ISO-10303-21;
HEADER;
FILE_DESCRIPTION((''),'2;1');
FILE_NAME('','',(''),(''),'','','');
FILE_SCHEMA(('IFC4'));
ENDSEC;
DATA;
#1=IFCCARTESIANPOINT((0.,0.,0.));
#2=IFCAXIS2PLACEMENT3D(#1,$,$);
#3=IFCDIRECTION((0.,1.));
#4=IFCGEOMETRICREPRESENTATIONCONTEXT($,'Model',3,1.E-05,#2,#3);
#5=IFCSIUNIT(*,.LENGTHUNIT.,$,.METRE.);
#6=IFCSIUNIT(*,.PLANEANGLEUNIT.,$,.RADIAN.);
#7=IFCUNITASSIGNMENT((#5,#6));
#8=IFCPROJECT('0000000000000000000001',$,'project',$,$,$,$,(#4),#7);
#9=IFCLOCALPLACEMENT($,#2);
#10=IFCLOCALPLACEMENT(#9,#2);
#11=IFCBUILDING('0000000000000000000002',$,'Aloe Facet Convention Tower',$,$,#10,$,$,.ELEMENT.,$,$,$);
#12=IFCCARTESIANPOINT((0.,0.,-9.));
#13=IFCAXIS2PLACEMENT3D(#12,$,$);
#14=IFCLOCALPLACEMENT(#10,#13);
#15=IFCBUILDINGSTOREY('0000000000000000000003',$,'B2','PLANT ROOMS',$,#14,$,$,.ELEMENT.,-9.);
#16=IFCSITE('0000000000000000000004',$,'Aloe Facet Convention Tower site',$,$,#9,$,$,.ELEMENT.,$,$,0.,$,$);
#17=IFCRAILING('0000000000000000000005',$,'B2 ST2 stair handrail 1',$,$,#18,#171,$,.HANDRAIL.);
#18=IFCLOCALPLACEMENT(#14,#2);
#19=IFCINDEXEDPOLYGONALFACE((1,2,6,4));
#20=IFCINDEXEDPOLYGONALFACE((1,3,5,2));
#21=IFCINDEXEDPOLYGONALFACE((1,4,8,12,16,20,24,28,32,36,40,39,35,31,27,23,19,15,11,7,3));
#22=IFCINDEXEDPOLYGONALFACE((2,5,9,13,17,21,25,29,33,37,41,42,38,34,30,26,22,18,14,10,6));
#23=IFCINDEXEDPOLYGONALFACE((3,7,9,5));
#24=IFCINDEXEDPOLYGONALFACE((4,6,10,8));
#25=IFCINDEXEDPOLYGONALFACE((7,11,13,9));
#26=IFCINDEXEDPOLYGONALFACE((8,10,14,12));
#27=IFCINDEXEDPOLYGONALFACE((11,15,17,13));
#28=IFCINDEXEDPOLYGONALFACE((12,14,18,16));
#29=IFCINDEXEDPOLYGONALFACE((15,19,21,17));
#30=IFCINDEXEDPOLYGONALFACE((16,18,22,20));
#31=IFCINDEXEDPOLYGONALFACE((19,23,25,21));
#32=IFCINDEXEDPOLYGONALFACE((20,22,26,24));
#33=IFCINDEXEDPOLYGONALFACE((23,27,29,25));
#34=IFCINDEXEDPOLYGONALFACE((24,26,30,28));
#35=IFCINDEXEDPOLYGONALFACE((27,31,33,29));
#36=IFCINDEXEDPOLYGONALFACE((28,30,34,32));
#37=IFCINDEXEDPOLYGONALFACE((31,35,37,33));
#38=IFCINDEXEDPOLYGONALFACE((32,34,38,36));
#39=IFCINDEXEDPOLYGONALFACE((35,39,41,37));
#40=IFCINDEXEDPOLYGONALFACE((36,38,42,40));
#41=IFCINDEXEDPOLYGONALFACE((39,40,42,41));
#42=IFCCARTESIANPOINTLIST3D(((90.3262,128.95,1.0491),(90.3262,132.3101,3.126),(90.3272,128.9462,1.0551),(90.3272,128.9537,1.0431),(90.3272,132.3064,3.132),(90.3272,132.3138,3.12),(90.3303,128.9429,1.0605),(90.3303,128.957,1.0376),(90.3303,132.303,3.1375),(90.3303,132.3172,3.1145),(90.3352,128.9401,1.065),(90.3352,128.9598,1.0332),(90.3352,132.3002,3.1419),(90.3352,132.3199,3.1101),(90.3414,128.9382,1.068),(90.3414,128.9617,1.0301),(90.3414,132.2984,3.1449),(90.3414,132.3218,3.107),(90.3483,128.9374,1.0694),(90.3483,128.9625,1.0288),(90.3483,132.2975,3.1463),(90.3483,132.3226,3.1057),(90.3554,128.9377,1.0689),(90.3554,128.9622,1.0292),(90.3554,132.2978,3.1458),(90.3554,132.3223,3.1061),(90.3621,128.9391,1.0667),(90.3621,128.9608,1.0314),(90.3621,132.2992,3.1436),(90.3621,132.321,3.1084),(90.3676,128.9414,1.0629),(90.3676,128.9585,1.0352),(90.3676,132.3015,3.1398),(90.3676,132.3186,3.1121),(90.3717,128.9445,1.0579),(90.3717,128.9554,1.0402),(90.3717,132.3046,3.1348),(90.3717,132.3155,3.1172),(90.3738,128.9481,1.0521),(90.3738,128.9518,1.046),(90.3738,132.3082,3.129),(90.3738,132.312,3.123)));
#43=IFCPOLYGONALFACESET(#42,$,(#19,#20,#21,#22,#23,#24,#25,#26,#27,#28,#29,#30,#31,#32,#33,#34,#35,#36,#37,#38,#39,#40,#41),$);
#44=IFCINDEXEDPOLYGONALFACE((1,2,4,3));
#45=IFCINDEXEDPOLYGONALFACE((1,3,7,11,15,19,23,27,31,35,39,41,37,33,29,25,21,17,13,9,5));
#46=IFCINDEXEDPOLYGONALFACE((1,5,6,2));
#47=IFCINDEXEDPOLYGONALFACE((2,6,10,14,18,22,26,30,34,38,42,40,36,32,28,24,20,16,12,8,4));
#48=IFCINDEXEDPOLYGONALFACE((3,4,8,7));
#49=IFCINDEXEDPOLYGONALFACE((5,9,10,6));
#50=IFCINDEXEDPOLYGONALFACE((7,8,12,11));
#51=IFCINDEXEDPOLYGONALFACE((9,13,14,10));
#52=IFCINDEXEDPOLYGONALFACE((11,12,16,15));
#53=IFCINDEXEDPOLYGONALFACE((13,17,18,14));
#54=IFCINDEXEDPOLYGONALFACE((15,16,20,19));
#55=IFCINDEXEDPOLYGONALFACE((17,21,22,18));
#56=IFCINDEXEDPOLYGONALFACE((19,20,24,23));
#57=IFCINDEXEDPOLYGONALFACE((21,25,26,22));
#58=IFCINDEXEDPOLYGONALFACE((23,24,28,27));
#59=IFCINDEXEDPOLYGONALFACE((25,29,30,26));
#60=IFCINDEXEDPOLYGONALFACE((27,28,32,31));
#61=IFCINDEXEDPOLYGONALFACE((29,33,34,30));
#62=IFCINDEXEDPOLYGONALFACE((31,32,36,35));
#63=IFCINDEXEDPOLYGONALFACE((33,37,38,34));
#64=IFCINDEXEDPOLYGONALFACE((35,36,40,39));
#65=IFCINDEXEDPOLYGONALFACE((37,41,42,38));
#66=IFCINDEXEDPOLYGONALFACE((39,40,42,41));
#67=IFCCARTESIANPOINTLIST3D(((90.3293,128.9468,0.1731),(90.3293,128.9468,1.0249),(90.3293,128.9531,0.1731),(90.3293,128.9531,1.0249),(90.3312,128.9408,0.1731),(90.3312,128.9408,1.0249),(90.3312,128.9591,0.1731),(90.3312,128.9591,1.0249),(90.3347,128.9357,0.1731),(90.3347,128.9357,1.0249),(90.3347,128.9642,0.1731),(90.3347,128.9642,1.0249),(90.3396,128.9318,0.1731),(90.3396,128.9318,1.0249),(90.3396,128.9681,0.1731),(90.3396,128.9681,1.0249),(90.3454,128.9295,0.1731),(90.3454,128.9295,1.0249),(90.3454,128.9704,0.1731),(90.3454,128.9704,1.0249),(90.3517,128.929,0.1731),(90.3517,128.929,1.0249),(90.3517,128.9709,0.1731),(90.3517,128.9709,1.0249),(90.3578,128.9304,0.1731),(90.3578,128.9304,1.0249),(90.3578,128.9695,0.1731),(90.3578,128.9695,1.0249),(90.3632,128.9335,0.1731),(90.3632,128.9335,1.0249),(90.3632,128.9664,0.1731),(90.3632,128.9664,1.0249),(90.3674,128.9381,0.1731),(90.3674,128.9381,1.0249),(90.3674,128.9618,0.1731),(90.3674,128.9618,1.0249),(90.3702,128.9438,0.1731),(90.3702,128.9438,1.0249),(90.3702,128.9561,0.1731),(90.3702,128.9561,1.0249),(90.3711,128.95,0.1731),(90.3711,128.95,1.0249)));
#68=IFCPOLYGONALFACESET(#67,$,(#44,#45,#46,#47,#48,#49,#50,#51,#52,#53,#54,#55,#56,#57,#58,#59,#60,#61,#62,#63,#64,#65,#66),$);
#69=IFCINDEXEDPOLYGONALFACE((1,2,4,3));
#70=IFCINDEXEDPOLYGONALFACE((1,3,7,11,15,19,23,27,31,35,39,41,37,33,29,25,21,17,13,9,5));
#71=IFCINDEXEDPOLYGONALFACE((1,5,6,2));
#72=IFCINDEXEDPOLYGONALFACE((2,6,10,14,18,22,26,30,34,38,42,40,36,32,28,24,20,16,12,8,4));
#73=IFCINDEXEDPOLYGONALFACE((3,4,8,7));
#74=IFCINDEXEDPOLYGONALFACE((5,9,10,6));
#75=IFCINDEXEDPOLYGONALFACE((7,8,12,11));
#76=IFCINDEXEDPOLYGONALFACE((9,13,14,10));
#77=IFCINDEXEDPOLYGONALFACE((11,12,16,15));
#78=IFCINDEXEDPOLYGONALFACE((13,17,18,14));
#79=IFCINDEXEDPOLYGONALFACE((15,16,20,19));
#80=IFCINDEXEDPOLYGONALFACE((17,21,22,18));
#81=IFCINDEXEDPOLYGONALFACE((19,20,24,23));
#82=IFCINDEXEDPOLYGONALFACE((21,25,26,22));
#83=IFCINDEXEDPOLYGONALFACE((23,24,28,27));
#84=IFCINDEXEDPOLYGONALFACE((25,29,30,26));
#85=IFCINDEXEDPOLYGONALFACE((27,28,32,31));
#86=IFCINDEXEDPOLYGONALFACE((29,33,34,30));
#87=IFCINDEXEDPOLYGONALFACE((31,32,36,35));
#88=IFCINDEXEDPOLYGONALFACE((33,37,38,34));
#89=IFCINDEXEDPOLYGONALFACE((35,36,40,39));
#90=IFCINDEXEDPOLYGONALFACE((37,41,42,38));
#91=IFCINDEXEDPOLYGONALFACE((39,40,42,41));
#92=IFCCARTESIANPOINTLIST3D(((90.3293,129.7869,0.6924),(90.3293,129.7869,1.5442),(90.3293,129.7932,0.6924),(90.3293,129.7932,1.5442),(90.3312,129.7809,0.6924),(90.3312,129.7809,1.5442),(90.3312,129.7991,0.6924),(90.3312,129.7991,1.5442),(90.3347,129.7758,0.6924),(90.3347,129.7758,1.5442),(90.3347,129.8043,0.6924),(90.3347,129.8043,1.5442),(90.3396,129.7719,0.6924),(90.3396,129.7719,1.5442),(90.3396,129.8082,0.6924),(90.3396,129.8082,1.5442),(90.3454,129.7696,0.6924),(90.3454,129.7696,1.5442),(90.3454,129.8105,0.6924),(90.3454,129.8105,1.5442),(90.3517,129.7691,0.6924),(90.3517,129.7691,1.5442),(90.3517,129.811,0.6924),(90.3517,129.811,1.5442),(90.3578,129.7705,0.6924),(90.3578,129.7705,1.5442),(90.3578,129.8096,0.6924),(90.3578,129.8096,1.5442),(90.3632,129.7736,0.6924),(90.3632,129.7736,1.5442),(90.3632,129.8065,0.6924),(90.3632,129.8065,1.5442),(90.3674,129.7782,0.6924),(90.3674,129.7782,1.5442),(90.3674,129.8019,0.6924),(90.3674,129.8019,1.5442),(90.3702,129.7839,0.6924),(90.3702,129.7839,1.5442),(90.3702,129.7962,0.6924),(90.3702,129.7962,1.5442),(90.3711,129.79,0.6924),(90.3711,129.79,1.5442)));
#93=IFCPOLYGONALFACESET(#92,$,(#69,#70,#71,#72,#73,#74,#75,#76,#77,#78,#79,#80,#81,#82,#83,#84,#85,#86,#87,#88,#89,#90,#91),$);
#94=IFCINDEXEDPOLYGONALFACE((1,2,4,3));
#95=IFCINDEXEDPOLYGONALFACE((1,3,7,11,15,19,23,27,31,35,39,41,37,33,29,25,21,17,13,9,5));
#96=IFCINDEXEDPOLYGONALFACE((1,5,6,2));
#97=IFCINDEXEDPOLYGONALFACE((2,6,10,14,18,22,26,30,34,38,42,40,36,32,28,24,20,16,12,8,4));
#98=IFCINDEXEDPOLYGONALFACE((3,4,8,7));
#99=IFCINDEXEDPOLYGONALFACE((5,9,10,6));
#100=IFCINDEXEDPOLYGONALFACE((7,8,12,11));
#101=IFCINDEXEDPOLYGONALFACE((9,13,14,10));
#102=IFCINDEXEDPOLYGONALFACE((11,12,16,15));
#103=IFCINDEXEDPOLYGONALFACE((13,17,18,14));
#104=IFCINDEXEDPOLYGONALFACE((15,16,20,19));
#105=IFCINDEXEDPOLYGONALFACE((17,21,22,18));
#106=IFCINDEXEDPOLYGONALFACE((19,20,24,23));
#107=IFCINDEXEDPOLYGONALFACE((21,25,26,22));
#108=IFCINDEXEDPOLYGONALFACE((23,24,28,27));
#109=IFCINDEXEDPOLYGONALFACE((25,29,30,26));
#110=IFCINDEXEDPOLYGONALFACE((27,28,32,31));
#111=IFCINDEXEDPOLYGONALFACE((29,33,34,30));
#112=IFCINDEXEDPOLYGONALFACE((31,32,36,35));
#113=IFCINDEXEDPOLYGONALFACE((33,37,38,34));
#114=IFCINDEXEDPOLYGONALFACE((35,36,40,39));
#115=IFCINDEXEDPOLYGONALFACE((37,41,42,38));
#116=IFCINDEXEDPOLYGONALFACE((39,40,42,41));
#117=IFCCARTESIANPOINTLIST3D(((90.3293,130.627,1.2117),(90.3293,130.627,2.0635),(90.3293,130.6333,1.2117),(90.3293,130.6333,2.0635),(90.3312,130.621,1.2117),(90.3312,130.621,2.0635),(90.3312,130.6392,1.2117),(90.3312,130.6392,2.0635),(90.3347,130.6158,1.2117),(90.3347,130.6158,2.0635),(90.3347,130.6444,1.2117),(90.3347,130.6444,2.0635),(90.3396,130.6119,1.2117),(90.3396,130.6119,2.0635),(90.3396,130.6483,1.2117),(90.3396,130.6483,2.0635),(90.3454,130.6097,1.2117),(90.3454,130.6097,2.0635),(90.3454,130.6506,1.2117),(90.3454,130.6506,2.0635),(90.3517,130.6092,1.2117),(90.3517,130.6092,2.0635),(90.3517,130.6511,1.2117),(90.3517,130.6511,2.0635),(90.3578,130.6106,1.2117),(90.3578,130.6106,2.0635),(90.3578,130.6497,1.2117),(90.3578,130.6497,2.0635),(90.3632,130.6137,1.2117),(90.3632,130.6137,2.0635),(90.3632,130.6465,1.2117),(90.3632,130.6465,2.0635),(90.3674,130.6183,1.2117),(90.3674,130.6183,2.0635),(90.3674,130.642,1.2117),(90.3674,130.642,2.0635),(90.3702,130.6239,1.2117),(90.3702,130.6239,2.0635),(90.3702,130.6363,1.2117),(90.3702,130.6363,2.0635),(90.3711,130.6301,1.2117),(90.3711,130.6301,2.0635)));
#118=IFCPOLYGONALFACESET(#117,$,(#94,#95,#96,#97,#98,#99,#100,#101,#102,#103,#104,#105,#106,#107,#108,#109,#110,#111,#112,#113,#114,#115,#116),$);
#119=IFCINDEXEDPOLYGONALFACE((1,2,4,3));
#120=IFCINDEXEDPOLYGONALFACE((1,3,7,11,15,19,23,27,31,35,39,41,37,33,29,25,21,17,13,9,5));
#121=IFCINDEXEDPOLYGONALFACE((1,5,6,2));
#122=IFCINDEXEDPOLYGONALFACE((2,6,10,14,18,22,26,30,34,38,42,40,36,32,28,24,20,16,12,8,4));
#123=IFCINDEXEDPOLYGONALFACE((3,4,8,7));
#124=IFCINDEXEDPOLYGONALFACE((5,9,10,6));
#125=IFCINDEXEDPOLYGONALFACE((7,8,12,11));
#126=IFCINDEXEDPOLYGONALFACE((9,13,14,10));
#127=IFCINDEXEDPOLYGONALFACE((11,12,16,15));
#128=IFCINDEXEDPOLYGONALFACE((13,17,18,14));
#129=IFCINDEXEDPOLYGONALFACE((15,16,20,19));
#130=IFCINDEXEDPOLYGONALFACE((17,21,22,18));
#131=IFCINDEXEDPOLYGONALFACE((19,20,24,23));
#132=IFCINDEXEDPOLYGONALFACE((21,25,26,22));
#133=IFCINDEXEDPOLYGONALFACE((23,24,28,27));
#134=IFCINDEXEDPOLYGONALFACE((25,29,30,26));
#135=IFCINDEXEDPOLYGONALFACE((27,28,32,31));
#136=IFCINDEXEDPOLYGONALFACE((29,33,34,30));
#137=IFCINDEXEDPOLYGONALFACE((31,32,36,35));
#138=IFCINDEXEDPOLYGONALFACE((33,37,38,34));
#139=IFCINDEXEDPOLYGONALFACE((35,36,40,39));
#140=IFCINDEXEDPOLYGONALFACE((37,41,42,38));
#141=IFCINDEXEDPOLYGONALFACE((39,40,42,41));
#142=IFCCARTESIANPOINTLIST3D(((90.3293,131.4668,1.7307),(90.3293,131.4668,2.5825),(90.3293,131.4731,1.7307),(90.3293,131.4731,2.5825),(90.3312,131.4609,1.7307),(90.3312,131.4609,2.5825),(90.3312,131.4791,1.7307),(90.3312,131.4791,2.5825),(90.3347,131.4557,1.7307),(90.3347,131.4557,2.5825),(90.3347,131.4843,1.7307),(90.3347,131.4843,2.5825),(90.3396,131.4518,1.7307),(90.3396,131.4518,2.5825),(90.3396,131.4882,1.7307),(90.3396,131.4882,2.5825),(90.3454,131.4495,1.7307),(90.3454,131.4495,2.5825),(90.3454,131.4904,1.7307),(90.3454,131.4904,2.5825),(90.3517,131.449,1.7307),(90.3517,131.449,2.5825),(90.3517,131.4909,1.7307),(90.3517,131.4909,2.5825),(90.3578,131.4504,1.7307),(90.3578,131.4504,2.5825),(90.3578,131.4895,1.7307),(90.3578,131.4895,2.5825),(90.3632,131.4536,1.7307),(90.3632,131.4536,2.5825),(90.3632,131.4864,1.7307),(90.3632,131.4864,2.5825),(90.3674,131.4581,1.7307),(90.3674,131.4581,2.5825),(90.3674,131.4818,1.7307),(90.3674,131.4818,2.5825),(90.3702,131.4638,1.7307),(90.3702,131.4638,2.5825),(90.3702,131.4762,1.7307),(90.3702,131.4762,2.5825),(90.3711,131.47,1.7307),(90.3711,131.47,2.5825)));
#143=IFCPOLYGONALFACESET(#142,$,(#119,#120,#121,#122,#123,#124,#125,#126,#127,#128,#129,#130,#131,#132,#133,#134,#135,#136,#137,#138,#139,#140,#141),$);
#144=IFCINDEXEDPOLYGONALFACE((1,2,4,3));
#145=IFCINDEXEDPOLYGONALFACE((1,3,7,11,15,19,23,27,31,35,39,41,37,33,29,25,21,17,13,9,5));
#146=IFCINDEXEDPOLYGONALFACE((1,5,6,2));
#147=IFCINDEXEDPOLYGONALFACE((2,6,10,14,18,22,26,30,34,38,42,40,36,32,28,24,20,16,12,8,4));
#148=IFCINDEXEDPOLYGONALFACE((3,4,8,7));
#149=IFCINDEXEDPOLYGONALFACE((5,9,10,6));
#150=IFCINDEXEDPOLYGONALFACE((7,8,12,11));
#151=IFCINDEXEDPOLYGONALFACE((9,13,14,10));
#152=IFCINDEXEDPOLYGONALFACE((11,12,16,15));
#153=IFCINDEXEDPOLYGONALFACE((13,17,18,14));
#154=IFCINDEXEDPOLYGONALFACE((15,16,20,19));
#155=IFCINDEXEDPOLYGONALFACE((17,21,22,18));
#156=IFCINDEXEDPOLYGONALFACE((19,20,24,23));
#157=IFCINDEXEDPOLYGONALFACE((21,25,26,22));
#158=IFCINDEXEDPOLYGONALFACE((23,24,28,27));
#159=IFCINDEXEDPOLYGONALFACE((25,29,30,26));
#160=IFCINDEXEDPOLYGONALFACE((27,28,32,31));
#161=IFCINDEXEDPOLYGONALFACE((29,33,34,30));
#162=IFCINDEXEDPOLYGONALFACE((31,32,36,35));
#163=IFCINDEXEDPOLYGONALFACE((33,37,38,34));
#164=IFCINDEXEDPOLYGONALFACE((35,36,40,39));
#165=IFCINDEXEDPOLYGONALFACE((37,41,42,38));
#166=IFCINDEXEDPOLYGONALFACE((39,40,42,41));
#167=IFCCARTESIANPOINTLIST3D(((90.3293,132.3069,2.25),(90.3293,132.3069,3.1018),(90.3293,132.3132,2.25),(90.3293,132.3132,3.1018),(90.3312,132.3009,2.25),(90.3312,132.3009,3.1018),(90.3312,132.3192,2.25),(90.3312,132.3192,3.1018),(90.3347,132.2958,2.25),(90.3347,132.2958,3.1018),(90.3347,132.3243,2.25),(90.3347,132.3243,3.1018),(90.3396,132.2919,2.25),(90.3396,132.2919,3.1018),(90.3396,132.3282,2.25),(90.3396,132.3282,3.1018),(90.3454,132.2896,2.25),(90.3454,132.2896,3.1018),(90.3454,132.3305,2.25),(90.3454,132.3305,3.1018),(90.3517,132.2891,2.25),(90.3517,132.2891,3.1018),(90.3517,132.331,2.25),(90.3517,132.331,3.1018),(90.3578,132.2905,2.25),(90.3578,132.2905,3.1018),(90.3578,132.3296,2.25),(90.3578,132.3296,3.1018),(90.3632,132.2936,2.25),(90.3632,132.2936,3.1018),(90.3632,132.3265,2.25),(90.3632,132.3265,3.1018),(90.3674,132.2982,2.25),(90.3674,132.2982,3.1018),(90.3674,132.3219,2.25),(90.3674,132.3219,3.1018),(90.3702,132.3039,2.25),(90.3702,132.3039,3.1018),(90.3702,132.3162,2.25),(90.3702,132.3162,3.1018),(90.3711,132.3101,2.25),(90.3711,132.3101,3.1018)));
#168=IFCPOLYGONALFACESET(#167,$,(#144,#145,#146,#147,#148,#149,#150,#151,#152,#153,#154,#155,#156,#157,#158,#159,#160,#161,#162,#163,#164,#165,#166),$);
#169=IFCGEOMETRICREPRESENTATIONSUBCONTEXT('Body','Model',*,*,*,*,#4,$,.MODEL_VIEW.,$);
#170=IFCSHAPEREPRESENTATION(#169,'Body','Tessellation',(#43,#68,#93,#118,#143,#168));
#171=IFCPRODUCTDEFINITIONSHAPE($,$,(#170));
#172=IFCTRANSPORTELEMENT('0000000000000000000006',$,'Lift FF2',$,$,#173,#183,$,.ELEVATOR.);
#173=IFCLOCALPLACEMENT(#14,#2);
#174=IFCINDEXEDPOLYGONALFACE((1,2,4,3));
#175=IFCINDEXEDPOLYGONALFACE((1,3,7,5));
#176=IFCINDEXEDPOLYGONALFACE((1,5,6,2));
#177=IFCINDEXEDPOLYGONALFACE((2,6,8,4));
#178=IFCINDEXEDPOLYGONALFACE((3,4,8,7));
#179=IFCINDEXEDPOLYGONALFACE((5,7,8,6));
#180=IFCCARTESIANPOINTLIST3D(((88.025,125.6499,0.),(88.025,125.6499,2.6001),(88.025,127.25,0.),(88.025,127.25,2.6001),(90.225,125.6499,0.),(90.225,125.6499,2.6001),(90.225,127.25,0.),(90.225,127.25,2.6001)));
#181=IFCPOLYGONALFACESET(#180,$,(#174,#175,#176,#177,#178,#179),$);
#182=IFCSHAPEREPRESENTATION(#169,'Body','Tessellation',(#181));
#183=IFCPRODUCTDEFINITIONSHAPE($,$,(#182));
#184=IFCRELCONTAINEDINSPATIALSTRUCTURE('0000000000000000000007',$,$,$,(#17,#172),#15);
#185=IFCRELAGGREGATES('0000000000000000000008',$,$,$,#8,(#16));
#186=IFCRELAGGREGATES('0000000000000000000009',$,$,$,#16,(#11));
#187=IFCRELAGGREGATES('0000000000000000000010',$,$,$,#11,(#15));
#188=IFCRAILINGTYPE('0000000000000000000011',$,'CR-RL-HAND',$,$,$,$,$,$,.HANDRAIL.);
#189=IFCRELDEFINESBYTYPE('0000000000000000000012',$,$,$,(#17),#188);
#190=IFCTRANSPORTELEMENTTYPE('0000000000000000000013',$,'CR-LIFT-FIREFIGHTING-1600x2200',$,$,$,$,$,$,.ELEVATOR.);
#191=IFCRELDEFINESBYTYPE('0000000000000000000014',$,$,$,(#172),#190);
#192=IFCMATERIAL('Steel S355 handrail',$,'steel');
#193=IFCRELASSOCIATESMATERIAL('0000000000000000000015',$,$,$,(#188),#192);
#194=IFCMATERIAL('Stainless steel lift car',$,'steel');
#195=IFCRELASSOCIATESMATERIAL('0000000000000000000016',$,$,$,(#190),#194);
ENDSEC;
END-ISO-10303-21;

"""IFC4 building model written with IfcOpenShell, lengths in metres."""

from ifc_helpers import new_model, si_unit, direction, frame, origin, origin_2d, place, context, subcontext, project, spatial, rectangle, circle, extrude, material, type_object, element, save


model = new_model("IFC4")

# Units and contexts
model_context = context("Model", 3, precision=1e-05, world=origin(), true_north=direction((0.0, 1.0)))
body_context = subcontext(model_context, "Body", "Model", "MODEL_VIEW")
ifc_project = project(units=[si_unit("LENGTHUNIT", "METRE"), si_unit("PLANEANGLEUNIT", "RADIAN")], contexts=[model_context])

# Site, building, storey
site_placement = place(None, origin())
site = spatial("IfcSite", under=ifc_project, at=site_placement, Name="Aloe Facet Convention Tower site", CompositionType="ELEMENT", RefElevation=0.0)
building_placement = place(site_placement, origin())
building = spatial("IfcBuilding", under=site, at=building_placement, Name="Aloe Facet Convention Tower", CompositionType="ELEMENT")
storey_placement = place(building_placement, frame((0.0, 0.0, -9.0)))
storey = spatial("IfcBuildingStorey", under=building, at=storey_placement, Name="B2", Description="PLANT ROOMS", CompositionType="ELEMENT", Elevation=-9.0)

# Railing
ifc_material_1 = material(Name="Steel S355 handrail", Category="steel")
railing_type_1 = type_object("IfcRailingType", Name="CR-RL-HAND", PredefinedType="HANDRAIL", material=ifc_material_1)
railing_1_placement = place(storey_placement, frame((90.3501, 128.95, 0.1731)))
element("IfcRailing", 1, at=railing_1_placement, inside=storey, type_object=railing_type_1, Name="B2 ST2 stair handrail 1", PredefinedType="HANDRAIL", context=body_context, shape_type="SweptSolid", body=[
    extrude(circle(Radius=0.0239, at=origin_2d()), frame((0.0, 0.0, 0.876), z_axis=(0.0, 0.850623, 0.525776), x_axis=(-1.0, 0.0, 0.0)), (0.0, 0.0, 1.0), 3.9502),
    extrude(circle(Radius=0.021, at=origin_2d()), origin(), (0.0, 0.0, 1.0), 0.8518),
    extrude(circle(Radius=0.021, at=origin_2d()), frame((0.0, 0.8401, 0.5193)), (0.0, 0.0, 1.0), 0.8518),
    extrude(circle(Radius=0.021, at=origin_2d()), frame((0.0, 1.6802, 1.0386)), (0.0, 0.0, 1.0), 0.8518),
    extrude(circle(Radius=0.021, at=origin_2d()), frame((0.0, 2.52, 1.5576)), (0.0, 0.0, 1.0), 0.8518),
    extrude(circle(Radius=0.021, at=origin_2d()), frame((0.0, 3.3601, 2.0769)), (0.0, 0.0, 1.0), 0.8518),
])

# Transport element
ifc_material_2 = material(Name="Stainless steel lift car", Category="steel")
transport_element_type = type_object("IfcTransportElementType", Name="CR-LIFT-FIREFIGHTING-1600x2200", PredefinedType="ELEVATOR", material=ifc_material_2)
transport_element_placement = place(storey_placement, frame((89.125, 126.45, 0.0), z_axis=(0.0, 0.0, 1.0), x_axis=(1.0, 0.0, 0.0)))
element("IfcTransportElement", 2, at=transport_element_placement, inside=storey, type_object=transport_element_type, Name="Lift FF2", PredefinedType="ELEVATOR", context=body_context, shape_type="SweptSolid", body=[
    extrude(rectangle(XDim=2.2, YDim=1.6001, at=origin_2d()), origin(), (0.0, 0.0, 1.0), 2.6001),
])

save(model, "model.ifc")
